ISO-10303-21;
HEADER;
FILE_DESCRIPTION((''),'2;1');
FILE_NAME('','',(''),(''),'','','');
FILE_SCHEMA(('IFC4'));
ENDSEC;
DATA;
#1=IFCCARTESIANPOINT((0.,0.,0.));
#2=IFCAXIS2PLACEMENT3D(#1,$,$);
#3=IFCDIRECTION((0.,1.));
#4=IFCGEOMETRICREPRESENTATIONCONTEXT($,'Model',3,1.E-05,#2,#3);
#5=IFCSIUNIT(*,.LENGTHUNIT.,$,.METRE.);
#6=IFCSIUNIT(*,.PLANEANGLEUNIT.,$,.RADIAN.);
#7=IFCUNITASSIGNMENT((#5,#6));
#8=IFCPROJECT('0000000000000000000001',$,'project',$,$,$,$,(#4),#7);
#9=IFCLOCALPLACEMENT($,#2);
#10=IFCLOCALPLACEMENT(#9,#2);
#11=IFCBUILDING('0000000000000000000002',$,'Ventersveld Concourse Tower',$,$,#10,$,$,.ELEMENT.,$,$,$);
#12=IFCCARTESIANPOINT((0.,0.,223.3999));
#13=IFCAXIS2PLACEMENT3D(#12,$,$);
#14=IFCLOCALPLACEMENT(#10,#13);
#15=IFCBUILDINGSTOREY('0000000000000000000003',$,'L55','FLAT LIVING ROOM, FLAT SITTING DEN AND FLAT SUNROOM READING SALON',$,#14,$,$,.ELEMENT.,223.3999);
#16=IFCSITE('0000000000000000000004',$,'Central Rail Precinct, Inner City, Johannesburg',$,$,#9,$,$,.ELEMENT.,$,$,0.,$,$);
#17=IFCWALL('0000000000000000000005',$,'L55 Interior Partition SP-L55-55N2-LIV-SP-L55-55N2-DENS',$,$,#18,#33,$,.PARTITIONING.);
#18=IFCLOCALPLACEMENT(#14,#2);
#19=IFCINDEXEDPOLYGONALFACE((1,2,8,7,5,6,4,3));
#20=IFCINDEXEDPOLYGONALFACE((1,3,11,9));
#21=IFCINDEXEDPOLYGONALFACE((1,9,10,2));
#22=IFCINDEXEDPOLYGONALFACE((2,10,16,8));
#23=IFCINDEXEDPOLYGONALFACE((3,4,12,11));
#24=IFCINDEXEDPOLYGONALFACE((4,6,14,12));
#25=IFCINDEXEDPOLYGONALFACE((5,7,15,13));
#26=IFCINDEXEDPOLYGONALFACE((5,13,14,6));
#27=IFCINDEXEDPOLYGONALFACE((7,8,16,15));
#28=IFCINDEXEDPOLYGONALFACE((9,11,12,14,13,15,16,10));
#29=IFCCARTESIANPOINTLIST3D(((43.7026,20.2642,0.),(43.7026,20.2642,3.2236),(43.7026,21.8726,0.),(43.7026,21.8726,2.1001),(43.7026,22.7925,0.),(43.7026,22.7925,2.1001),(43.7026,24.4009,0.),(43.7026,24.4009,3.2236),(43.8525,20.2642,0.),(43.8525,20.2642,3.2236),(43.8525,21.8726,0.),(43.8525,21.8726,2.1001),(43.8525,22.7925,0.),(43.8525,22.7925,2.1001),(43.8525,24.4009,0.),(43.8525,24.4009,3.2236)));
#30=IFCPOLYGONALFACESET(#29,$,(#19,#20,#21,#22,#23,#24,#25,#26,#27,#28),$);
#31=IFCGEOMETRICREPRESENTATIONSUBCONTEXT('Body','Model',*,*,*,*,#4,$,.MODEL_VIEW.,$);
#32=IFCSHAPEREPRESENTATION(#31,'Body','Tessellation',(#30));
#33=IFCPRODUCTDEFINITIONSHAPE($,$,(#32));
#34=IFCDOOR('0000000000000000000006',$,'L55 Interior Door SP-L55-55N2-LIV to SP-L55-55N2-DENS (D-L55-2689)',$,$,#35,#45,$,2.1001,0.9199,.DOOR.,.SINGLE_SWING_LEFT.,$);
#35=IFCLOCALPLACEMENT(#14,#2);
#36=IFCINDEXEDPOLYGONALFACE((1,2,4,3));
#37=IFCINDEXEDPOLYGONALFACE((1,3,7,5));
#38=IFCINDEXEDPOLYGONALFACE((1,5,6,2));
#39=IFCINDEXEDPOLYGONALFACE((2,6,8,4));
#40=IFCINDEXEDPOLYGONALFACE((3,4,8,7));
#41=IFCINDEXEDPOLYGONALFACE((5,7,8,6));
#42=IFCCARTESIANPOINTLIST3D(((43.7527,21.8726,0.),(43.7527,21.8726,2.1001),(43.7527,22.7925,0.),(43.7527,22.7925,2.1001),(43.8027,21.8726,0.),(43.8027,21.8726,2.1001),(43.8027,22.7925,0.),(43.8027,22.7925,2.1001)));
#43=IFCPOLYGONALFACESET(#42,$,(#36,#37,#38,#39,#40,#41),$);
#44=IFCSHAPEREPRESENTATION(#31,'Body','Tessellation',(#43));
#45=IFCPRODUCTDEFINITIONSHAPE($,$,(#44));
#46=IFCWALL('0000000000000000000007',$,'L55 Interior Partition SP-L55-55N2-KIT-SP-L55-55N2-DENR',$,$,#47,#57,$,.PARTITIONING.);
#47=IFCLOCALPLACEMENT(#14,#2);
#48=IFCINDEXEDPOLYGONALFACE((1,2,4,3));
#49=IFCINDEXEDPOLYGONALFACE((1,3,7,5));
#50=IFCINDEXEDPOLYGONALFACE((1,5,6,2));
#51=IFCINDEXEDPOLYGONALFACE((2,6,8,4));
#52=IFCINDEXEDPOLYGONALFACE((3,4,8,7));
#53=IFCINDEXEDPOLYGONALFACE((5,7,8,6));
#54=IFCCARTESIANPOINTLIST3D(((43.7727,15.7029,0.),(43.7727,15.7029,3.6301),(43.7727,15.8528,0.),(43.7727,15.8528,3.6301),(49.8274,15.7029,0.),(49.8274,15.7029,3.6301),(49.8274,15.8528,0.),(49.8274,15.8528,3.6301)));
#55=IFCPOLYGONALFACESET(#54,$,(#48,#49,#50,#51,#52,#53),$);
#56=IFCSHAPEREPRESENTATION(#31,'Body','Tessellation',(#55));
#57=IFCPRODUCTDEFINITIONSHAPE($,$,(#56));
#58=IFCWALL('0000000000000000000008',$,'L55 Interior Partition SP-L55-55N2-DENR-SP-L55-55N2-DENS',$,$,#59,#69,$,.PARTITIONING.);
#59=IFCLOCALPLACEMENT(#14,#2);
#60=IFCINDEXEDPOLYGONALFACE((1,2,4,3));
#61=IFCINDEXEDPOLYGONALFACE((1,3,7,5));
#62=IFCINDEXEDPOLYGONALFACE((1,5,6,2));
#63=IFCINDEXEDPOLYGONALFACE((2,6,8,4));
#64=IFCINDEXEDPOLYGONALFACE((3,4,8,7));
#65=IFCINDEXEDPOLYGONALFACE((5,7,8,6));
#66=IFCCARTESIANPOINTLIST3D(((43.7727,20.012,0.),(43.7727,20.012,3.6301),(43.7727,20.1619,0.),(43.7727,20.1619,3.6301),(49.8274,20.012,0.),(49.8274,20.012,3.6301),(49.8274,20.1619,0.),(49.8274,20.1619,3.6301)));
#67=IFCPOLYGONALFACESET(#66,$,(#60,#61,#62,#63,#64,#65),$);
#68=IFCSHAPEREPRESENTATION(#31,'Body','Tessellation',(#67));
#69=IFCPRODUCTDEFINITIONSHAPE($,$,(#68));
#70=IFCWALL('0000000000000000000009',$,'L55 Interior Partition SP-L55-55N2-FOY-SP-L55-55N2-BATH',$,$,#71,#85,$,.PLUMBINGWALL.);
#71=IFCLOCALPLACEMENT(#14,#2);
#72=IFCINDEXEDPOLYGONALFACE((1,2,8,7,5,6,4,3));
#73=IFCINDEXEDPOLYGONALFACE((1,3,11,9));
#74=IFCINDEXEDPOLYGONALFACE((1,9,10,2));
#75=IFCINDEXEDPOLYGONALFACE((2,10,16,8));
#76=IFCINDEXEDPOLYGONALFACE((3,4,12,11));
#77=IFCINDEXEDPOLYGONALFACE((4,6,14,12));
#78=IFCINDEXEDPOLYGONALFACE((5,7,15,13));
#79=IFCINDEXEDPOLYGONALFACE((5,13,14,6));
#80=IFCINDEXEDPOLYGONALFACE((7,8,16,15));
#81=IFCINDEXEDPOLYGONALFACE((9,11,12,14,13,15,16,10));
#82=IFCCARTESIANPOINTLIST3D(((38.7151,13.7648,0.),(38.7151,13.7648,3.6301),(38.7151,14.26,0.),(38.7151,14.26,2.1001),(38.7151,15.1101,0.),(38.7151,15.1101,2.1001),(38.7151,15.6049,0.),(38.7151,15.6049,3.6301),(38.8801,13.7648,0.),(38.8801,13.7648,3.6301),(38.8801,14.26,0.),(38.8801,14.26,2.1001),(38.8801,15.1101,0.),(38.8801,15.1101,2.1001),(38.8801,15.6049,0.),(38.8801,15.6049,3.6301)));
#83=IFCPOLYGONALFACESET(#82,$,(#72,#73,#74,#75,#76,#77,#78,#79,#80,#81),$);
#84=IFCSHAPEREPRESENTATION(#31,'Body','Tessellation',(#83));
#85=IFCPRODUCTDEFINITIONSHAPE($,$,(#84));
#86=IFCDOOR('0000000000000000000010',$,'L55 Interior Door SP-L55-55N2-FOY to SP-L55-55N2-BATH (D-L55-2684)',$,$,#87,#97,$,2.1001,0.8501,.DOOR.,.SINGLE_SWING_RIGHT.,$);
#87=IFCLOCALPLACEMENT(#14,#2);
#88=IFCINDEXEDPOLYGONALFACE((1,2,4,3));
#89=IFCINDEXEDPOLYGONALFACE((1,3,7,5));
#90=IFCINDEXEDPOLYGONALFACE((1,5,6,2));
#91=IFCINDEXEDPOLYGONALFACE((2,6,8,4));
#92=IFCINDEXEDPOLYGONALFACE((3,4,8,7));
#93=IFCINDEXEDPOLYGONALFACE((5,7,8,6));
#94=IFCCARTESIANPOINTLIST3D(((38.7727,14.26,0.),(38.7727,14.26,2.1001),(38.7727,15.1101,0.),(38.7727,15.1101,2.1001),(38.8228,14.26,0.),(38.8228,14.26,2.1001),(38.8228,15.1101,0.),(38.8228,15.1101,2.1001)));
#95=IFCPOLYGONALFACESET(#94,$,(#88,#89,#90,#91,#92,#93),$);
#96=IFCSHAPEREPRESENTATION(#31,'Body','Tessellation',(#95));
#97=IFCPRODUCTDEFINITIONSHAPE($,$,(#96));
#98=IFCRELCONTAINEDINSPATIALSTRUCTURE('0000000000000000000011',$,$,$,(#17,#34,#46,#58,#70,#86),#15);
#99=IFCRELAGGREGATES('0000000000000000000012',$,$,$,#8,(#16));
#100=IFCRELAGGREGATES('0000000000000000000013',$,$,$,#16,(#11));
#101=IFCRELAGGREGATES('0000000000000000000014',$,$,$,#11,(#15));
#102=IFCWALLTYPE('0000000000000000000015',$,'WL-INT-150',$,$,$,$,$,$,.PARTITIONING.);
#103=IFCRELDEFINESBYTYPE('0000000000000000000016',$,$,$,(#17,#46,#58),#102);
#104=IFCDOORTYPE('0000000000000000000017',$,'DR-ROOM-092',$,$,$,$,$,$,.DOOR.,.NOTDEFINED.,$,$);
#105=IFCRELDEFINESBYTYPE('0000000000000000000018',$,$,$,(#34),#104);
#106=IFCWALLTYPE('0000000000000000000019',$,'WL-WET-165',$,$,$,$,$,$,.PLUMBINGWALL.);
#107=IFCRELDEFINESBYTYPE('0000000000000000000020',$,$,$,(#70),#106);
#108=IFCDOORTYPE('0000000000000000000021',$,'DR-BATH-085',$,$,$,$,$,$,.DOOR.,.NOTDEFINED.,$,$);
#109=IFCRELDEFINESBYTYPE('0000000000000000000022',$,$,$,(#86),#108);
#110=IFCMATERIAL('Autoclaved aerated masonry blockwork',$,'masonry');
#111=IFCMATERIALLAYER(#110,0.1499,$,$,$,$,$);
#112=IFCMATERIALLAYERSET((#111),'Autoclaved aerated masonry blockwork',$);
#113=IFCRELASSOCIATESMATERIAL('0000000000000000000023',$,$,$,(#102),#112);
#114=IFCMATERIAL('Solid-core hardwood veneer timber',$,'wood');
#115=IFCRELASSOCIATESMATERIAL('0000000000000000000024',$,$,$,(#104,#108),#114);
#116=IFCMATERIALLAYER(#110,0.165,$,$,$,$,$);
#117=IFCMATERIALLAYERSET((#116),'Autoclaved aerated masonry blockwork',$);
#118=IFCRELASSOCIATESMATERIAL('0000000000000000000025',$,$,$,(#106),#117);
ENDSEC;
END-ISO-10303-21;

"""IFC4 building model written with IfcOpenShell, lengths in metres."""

from ifc_helpers import new_model, si_unit, direction, frame, frame_2d, origin, place, context, subcontext, project, spatial, rectangle, extrude, material, layer, layer_set, type_object, element, fill, save


model = new_model("IFC4")

# Units and contexts
model_context = context("Model", 3, precision=1e-05, world=origin(), true_north=direction((0.0, 1.0)))
body_context = subcontext(model_context, "Body", "Model", "MODEL_VIEW")
ifc_project = project(units=[si_unit("LENGTHUNIT", "METRE"), si_unit("PLANEANGLEUNIT", "RADIAN")], contexts=[model_context])

# Site, building, storey
site_placement = place(None, origin())
site = spatial("IfcSite", under=ifc_project, at=site_placement, Name="Central Rail Precinct, Inner City, Johannesburg", CompositionType="ELEMENT", RefElevation=0.0)
building_placement = place(site_placement, origin())
building = spatial("IfcBuilding", under=site, at=building_placement, Name="Ventersveld Concourse Tower", CompositionType="ELEMENT")
storey_placement = place(building_placement, frame((0.0, 0.0, 223.3999)))
storey = spatial("IfcBuildingStorey", under=building, at=storey_placement, Name="L55", Description="FLAT LIVING ROOM, FLAT SITTING DEN AND FLAT SUNROOM READING SALON", CompositionType="ELEMENT", Elevation=223.3999)

# Shared definitions
ifc_material_1 = material(Name="Solid-core hardwood veneer timber", Category="wood")

# Wall, opening, door
ifc_material_2 = material(Name="Autoclaved aerated masonry blockwork", Category="masonry")
ifc_layer_1 = layer(ifc_material_2, 0.1499)
ifc_layer_set_1 = layer_set([ifc_layer_1], Name="Autoclaved aerated masonry blockwork")
wall_type_1 = type_object("IfcWallType", Name="WL-INT-150", PredefinedType="PARTITIONING", material=ifc_layer_set_1)
door_type_1 = type_object("IfcDoorType", Name="DR-ROOM-092", OperationType="NOTDEFINED", PredefinedType="DOOR", material=ifc_material_1)
wall_1_placement = place(storey_placement, frame((43.7776, 20.2642, 0.0), z_axis=(0.0, 0.0, 1.0), x_axis=(0.0, 1.0, 0.0)))
wall_1 = element("IfcWall", 1, at=wall_1_placement, inside=storey, type_object=wall_type_1, Name="L55 Interior Partition SP-L55-55N2-LIV-SP-L55-55N2-DENS", PredefinedType="PARTITIONING", context=body_context, shape_type="SweptSolid", body=[
    extrude(rectangle(XDim=4.1367, YDim=0.1499, at=frame_2d((2.0684, 0.0))), origin(), (0.0, 0.0, 1.0), 3.2236),
])
opening_1_placement = place(wall_1_placement, frame((1.6084, 0.0, 0.0)))
opening_1 = element("IfcOpeningElement", 2, at=opening_1_placement, cuts=wall_1, PredefinedType="OPENING", context=body_context, shape_type="SweptSolid", body=[
    extrude(rectangle(XDim=0.9199, YDim=2.1001, at=frame_2d((0.46, 1.05))), frame((0.0, 0.085, 0.0), z_axis=(0.0, -1.0, 0.0), x_axis=(1.0, 0.0, 0.0)), (0.0, 0.0, 1.0), 0.1699),
])
door_1_placement = place(opening_1_placement, origin())
door_1 = element("IfcDoor", 3, at=door_1_placement, inside=storey, type_object=door_type_1, Name="L55 Interior Door SP-L55-55N2-LIV to SP-L55-55N2-DENS (D-L55-2689)", OperationType="SINGLE_SWING_LEFT", OverallHeight=2.1001, OverallWidth=0.9199, PredefinedType="DOOR", context=body_context, shape_type="SweptSolid", body=[
    extrude(rectangle(XDim=0.9199, YDim=2.1001, at=frame_2d((0.46, 1.05))), frame((0.0, 0.0249, 0.0), z_axis=(0.0, -1.0, 0.0), x_axis=(1.0, 0.0, 0.0)), (0.0, 0.0, 1.0), 0.05),
])
fill(opening_1, door_1)

# Walls
for number, where, z_axis, x_axis, name in (
    (4, (43.7727, 15.7778, 0.0), (0.0, 0.0, 1.0), (1.0, 0.0, 0.0), "L55 Interior Partition SP-L55-55N2-KIT-SP-L55-55N2-DENR"),
    (5, (43.7727, 20.0869, 0.0), (0.0, 0.0, 1.0), (1.0, 0.0, 0.0), "L55 Interior Partition SP-L55-55N2-DENR-SP-L55-55N2-DENS"),
):
    element("IfcWall", number, at=place(storey_placement, frame(where, z_axis=z_axis, x_axis=x_axis)), inside=storey, type_object=wall_type_1, Name=name, PredefinedType="PARTITIONING", context=body_context, shape_type="SweptSolid", body=[
        extrude(rectangle(XDim=6.0547, YDim=0.1499, at=frame_2d((3.0273, 0.0))), origin(), (0.0, 0.0, 1.0), 3.6301),
    ])

# Wall, opening, door
ifc_layer_2 = layer(ifc_material_2, 0.165)
ifc_layer_set_2 = layer_set([ifc_layer_2], Name="Autoclaved aerated masonry blockwork")
wall_type_2 = type_object("IfcWallType", Name="WL-WET-165", PredefinedType="PLUMBINGWALL", material=ifc_layer_set_2)
wall_2_placement = place(storey_placement, frame((38.7976, 13.7649, 0.0), z_axis=(0.0, 0.0, 1.0), x_axis=(0.0, 1.0, 0.0)))
wall_2 = element("IfcWall", 6, at=wall_2_placement, inside=storey, type_object=wall_type_2, Name="L55 Interior Partition SP-L55-55N2-FOY-SP-L55-55N2-BATH", PredefinedType="PLUMBINGWALL", context=body_context, shape_type="SweptSolid", body=[
    extrude(rectangle(XDim=1.8401, YDim=0.165, at=frame_2d((0.9199, 0.0))), origin(), (0.0, 0.0, 1.0), 3.6301),
])
opening_2_placement = place(wall_2_placement, frame((0.4951, 0.0, 0.0)))
opening_2 = element("IfcOpeningElement", 7, at=opening_2_placement, cuts=wall_2, PredefinedType="OPENING", context=body_context, shape_type="SweptSolid", body=[
    extrude(rectangle(XDim=0.8501, YDim=2.1001, at=frame_2d((0.425, 1.05))), frame((0.0, 0.0925, 0.0), z_axis=(0.0, -1.0, 0.0), x_axis=(1.0, 0.0, 0.0)), (0.0, 0.0, 1.0), 0.1851),
])
door_type_2 = type_object("IfcDoorType", Name="DR-BATH-085", OperationType="NOTDEFINED", PredefinedType="DOOR", material=ifc_material_1)
door_2_placement = place(opening_2_placement, origin())
door_2 = element("IfcDoor", 8, at=door_2_placement, inside=storey, type_object=door_type_2, Name="L55 Interior Door SP-L55-55N2-FOY to SP-L55-55N2-BATH (D-L55-2684)", OperationType="SINGLE_SWING_RIGHT", OverallHeight=2.1001, OverallWidth=0.8501, PredefinedType="DOOR", context=body_context, shape_type="SweptSolid", body=[
    extrude(rectangle(XDim=0.8501, YDim=2.1001, at=frame_2d((0.425, 1.05))), frame((0.0, 0.0249, 0.0), z_axis=(0.0, -1.0, 0.0), x_axis=(1.0, 0.0, 0.0)), (0.0, 0.0, 1.0), 0.05),
])
fill(opening_2, door_2)

save(model, "model.ifc")
